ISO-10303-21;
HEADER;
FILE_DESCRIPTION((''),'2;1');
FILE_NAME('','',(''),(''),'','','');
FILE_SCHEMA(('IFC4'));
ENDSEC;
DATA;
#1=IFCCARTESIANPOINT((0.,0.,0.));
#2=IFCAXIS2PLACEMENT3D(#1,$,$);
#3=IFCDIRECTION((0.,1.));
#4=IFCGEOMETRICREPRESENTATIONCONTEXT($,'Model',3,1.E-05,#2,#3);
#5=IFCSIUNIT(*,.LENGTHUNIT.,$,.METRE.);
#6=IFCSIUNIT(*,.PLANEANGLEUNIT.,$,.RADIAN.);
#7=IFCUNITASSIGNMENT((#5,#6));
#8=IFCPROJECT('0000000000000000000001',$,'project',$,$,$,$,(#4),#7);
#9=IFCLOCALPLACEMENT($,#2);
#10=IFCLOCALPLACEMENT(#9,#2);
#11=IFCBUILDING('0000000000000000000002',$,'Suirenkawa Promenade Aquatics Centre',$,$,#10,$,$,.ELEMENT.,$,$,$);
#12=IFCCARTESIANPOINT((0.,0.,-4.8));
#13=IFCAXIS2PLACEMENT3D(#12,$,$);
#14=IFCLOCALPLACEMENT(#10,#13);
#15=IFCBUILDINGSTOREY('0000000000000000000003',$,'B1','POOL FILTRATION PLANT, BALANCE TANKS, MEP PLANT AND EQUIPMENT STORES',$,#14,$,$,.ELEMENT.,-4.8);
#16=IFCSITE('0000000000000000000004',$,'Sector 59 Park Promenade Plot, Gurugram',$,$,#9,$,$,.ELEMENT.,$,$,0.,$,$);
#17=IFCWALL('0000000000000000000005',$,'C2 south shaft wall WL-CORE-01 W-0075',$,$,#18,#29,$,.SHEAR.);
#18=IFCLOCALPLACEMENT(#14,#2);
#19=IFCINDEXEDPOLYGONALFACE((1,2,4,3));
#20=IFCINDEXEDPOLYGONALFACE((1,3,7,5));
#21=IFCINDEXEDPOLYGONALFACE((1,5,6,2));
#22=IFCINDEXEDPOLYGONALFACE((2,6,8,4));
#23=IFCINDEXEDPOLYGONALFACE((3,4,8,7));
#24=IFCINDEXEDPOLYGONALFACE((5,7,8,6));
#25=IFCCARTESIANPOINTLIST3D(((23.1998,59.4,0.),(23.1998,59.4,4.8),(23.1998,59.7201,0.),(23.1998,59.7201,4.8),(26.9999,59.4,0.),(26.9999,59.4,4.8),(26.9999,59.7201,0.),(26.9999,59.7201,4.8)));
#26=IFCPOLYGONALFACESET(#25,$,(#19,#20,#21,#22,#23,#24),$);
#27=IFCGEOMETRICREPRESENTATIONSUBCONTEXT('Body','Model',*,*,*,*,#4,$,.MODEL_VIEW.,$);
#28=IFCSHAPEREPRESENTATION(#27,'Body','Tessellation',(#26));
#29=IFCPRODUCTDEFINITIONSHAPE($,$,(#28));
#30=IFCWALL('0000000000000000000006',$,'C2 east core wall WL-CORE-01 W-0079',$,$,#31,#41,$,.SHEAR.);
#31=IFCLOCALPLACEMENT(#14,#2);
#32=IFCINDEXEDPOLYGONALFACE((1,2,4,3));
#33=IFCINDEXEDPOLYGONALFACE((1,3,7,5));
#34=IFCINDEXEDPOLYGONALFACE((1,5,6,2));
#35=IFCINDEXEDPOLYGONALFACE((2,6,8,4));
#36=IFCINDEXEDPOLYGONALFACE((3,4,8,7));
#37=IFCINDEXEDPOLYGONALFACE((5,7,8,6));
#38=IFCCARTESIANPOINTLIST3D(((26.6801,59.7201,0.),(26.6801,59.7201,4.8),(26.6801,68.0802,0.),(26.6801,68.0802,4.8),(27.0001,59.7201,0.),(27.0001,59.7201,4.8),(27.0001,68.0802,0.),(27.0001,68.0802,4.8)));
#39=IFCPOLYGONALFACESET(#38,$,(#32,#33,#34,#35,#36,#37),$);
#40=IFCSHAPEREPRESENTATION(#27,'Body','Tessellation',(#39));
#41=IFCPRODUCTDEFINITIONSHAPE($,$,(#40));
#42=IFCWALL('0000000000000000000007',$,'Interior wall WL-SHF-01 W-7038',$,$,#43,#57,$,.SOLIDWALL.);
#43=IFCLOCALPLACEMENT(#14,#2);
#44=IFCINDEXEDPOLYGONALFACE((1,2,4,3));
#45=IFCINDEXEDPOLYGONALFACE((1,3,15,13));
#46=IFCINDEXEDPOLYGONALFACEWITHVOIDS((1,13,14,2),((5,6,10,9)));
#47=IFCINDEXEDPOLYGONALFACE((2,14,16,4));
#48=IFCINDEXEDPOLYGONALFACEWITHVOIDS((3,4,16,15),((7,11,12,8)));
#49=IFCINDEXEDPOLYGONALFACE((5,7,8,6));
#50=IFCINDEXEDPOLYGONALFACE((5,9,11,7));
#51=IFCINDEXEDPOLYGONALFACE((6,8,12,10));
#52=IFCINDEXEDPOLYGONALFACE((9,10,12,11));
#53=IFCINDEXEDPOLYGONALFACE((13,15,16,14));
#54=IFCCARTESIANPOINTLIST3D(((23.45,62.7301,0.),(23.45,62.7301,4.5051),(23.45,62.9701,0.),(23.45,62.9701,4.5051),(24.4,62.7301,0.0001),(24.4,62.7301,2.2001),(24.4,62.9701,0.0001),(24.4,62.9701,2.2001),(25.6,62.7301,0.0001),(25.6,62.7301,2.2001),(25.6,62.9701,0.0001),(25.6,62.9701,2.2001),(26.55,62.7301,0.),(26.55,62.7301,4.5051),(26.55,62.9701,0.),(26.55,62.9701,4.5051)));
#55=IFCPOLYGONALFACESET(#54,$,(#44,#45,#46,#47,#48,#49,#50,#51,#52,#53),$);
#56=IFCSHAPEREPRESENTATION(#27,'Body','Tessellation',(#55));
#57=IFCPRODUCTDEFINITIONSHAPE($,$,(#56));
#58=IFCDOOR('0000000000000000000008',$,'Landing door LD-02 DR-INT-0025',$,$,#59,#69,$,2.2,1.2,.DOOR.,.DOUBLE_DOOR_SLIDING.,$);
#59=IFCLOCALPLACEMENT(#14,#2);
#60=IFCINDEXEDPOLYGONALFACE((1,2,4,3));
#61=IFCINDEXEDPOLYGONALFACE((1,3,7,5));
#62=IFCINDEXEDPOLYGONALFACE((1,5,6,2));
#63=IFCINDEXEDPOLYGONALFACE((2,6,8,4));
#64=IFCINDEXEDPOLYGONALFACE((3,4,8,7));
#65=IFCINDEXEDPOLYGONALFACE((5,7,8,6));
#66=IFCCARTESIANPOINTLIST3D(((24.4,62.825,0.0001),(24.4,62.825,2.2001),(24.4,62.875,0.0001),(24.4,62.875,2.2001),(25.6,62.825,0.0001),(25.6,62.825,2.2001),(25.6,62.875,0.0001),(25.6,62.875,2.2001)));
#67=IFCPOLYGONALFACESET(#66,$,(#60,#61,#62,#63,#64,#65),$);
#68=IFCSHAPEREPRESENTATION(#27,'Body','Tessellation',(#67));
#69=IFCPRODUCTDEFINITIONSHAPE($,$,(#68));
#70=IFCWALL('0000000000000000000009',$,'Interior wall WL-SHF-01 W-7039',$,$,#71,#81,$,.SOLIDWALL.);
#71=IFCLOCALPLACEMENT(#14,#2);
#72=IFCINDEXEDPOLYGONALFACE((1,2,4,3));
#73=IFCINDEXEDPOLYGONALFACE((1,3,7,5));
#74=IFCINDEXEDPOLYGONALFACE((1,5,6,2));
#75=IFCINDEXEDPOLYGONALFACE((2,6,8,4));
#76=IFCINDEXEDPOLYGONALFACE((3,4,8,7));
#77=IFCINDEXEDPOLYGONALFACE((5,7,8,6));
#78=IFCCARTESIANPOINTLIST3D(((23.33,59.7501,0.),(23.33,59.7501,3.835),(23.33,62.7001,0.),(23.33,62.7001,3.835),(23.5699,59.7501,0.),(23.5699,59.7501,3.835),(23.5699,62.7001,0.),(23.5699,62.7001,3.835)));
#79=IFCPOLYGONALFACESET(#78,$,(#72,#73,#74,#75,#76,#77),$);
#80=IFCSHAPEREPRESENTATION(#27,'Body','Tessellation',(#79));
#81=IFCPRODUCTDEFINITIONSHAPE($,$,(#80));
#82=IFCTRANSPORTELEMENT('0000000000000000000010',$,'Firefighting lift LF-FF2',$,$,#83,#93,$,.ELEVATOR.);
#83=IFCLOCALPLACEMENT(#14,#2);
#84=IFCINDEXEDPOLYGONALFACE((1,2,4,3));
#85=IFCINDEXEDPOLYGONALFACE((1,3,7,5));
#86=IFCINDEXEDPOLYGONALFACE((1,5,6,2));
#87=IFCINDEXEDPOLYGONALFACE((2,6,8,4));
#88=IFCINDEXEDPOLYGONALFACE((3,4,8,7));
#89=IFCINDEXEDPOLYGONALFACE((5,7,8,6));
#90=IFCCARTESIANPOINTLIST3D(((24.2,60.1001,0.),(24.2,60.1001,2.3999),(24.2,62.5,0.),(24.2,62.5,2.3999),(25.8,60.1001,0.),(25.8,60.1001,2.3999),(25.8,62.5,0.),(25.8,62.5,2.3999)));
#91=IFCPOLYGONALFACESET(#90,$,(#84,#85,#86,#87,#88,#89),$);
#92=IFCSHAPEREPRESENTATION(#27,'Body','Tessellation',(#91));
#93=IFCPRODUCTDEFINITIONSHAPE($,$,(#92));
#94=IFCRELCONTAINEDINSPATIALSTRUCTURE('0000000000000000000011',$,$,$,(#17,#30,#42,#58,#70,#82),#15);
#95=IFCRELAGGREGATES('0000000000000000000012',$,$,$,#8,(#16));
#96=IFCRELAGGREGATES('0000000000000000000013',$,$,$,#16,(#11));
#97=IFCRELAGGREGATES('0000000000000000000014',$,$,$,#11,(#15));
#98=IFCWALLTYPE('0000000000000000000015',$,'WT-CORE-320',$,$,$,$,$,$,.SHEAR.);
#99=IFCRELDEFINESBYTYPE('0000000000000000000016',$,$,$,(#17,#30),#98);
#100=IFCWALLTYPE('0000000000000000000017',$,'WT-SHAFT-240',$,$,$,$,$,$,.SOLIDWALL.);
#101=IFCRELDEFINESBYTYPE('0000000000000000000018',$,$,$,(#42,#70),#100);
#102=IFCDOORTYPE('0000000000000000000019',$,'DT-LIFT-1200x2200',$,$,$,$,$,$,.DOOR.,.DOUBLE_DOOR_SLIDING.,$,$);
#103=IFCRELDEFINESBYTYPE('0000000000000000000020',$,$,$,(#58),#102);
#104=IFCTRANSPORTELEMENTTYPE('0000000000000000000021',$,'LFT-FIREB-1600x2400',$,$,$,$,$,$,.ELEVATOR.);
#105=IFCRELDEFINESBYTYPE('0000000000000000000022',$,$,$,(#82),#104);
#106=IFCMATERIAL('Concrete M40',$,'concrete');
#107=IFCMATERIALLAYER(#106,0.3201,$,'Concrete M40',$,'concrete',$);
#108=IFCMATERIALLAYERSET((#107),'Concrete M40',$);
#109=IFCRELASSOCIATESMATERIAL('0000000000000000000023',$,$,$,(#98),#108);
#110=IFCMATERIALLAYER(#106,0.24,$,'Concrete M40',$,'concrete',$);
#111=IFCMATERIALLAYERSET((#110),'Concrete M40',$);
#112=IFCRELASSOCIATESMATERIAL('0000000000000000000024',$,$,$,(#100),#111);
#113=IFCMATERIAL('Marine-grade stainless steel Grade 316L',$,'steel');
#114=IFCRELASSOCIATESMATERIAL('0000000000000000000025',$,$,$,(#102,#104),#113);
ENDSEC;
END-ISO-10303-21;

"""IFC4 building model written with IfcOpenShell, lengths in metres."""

from ifc_helpers import new_model, si_unit, direction, frame, frame_2d, origin, origin_2d, place, context, subcontext, project, spatial, rectangle, extrude, material, layer, layer_set, type_object, element, fill, save


model = new_model("IFC4")

# Units and contexts
model_context = context("Model", 3, precision=1e-05, world=origin(), true_north=direction((0.0, 1.0)))
body_context = subcontext(model_context, "Body", "Model", "MODEL_VIEW")
ifc_project = project(units=[si_unit("LENGTHUNIT", "METRE"), si_unit("PLANEANGLEUNIT", "RADIAN")], contexts=[model_context])

# Site, building, storey
site_placement = place(None, origin())
site = spatial("IfcSite", under=ifc_project, at=site_placement, Name="Sector 59 Park Promenade Plot, Gurugram", CompositionType="ELEMENT", RefElevation=0.0)
building_placement = place(site_placement, origin())
building = spatial("IfcBuilding", under=site, at=building_placement, Name="Suirenkawa Promenade Aquatics Centre", CompositionType="ELEMENT")
storey_placement = place(building_placement, frame((0.0, 0.0, -4.8)))
storey = spatial("IfcBuildingStorey", under=building, at=storey_placement, Name="B1", Description="POOL FILTRATION PLANT, BALANCE TANKS, MEP PLANT AND EQUIPMENT STORES", CompositionType="ELEMENT", Elevation=-4.8)

# Shared definitions
ifc_material_1 = material(Name="Concrete M40", Category="concrete")

# Walls
ifc_layer_1 = layer(ifc_material_1, 0.3201, Name="Concrete M40", Category="concrete")
ifc_layer_set_1 = layer_set([ifc_layer_1], Name="Concrete M40")
wall_type_1 = type_object("IfcWallType", Name="WT-CORE-320", PredefinedType="SHEAR", material=ifc_layer_set_1)
wall_1_placement = place(storey_placement, frame((23.2, 59.5601, 0.0), z_axis=(0.0, 0.0, 1.0), x_axis=(1.0, 0.0, 0.0)))
element("IfcWall", 1, at=wall_1_placement, inside=storey, type_object=wall_type_1, Name="C2 south shaft wall WL-CORE-01 W-0075", PredefinedType="SHEAR", context=body_context, shape_type="SweptSolid", body=[
    extrude(rectangle(XDim=3.8, YDim=0.3201, at=frame_2d((1.8999, 0.0))), origin(), (0.0, 0.0, 1.0), 4.8),
])
wall_2_placement = place(storey_placement, frame((26.8401, 59.72, 0.0), z_axis=(0.0, 0.0, 1.0), x_axis=(0.0, 1.0, 0.0)))
element("IfcWall", 2, at=wall_2_placement, inside=storey, type_object=wall_type_1, Name="C2 east core wall WL-CORE-01 W-0079", PredefinedType="SHEAR", context=body_context, shape_type="SweptSolid", body=[
    extrude(rectangle(XDim=8.3601, YDim=0.3201, at=frame_2d((4.1802, 0.0))), origin(), (0.0, 0.0, 1.0), 4.8),
])

# Wall, opening, door
ifc_layer_2 = layer(ifc_material_1, 0.24, Name="Concrete M40", Category="concrete")
ifc_layer_set_2 = layer_set([ifc_layer_2], Name="Concrete M40")
wall_type_2 = type_object("IfcWallType", Name="WT-SHAFT-240", PredefinedType="SOLIDWALL", material=ifc_layer_set_2)
wall_3_placement = place(storey_placement, frame((23.45, 62.8501, 0.0), z_axis=(0.0, 0.0, 1.0), x_axis=(1.0, 0.0, 0.0)))
wall_3 = element("IfcWall", 3, at=wall_3_placement, inside=storey, type_object=wall_type_2, Name="Interior wall WL-SHF-01 W-7038", PredefinedType="SOLIDWALL", context=body_context, shape_type="SweptSolid", body=[
    extrude(rectangle(XDim=3.1001, YDim=0.24, at=frame_2d((1.55, 0.0))), origin(), (0.0, 0.0, 1.0), 4.5051),
])
opening_1_placement = place(wall_3_placement, frame((0.95, 0.0, 0.0)))
opening_1 = element("IfcOpeningElement", 4, at=opening_1_placement, cuts=wall_3, PredefinedType="OPENING", context=body_context, shape_type="SweptSolid", body=[
    extrude(rectangle(XDim=1.2, YDim=2.2, at=frame_2d((0.6001, 1.1001))), frame((0.0, 0.1299, 0.0), z_axis=(0.0, -1.0, 0.0), x_axis=(1.0, 0.0, 0.0)), (0.0, 0.0, 1.0), 0.26),
])
ifc_material_2 = material(Name="Marine-grade stainless steel Grade 316L", Category="steel")
door_type_1 = type_object("IfcDoorType", Name="DT-LIFT-1200x2200", OperationType="DOUBLE_DOOR_SLIDING", PredefinedType="DOOR", material=ifc_material_2)
door_1_placement = place(opening_1_placement, origin())
door_1 = element("IfcDoor", 5, at=door_1_placement, inside=storey, type_object=door_type_1, Name="Landing door LD-02 DR-INT-0025", OperationType="DOUBLE_DOOR_SLIDING", OverallHeight=2.2, OverallWidth=1.2, PredefinedType="DOOR", context=body_context, shape_type="SweptSolid", body=[
    extrude(rectangle(XDim=1.2, YDim=2.2, at=frame_2d((0.6001, 1.1001))), frame((0.0, 0.0249, 0.0), z_axis=(0.0, -1.0, 0.0), x_axis=(1.0, 0.0, 0.0)), (0.0, 0.0, 1.0), 0.05),
])
fill(opening_1, door_1)

# Wall
wall_4_placement = place(storey_placement, frame((23.45, 59.75, 0.0), z_axis=(0.0, 0.0, 1.0), x_axis=(0.0, 1.0, 0.0)))
element("IfcWall", 6, at=wall_4_placement, inside=storey, type_object=wall_type_2, Name="Interior wall WL-SHF-01 W-7039", PredefinedType="SOLIDWALL", context=body_context, shape_type="SweptSolid", body=[
    extrude(rectangle(XDim=2.95, YDim=0.24, at=frame_2d((1.4751, 0.0))), origin(), (0.0, 0.0, 1.0), 3.835),
])

# Transport element
transport_element_type = type_object("IfcTransportElementType", Name="LFT-FIREB-1600x2400", PredefinedType="ELEVATOR", material=ifc_material_2)
transport_element_placement = place(storey_placement, frame((25.0, 61.3, 0.0), z_axis=(0.0, 0.0, 1.0), x_axis=(1.0, 0.0, 0.0)))
element("IfcTransportElement", 7, at=transport_element_placement, inside=storey, type_object=transport_element_type, Name="Firefighting lift LF-FF2", PredefinedType="ELEVATOR", context=body_context, shape_type="SweptSolid", body=[
    extrude(rectangle(XDim=1.6001, YDim=2.3999, at=origin_2d()), origin(), (0.0, 0.0, 1.0), 2.3999),
])

save(model, "model.ifc")
